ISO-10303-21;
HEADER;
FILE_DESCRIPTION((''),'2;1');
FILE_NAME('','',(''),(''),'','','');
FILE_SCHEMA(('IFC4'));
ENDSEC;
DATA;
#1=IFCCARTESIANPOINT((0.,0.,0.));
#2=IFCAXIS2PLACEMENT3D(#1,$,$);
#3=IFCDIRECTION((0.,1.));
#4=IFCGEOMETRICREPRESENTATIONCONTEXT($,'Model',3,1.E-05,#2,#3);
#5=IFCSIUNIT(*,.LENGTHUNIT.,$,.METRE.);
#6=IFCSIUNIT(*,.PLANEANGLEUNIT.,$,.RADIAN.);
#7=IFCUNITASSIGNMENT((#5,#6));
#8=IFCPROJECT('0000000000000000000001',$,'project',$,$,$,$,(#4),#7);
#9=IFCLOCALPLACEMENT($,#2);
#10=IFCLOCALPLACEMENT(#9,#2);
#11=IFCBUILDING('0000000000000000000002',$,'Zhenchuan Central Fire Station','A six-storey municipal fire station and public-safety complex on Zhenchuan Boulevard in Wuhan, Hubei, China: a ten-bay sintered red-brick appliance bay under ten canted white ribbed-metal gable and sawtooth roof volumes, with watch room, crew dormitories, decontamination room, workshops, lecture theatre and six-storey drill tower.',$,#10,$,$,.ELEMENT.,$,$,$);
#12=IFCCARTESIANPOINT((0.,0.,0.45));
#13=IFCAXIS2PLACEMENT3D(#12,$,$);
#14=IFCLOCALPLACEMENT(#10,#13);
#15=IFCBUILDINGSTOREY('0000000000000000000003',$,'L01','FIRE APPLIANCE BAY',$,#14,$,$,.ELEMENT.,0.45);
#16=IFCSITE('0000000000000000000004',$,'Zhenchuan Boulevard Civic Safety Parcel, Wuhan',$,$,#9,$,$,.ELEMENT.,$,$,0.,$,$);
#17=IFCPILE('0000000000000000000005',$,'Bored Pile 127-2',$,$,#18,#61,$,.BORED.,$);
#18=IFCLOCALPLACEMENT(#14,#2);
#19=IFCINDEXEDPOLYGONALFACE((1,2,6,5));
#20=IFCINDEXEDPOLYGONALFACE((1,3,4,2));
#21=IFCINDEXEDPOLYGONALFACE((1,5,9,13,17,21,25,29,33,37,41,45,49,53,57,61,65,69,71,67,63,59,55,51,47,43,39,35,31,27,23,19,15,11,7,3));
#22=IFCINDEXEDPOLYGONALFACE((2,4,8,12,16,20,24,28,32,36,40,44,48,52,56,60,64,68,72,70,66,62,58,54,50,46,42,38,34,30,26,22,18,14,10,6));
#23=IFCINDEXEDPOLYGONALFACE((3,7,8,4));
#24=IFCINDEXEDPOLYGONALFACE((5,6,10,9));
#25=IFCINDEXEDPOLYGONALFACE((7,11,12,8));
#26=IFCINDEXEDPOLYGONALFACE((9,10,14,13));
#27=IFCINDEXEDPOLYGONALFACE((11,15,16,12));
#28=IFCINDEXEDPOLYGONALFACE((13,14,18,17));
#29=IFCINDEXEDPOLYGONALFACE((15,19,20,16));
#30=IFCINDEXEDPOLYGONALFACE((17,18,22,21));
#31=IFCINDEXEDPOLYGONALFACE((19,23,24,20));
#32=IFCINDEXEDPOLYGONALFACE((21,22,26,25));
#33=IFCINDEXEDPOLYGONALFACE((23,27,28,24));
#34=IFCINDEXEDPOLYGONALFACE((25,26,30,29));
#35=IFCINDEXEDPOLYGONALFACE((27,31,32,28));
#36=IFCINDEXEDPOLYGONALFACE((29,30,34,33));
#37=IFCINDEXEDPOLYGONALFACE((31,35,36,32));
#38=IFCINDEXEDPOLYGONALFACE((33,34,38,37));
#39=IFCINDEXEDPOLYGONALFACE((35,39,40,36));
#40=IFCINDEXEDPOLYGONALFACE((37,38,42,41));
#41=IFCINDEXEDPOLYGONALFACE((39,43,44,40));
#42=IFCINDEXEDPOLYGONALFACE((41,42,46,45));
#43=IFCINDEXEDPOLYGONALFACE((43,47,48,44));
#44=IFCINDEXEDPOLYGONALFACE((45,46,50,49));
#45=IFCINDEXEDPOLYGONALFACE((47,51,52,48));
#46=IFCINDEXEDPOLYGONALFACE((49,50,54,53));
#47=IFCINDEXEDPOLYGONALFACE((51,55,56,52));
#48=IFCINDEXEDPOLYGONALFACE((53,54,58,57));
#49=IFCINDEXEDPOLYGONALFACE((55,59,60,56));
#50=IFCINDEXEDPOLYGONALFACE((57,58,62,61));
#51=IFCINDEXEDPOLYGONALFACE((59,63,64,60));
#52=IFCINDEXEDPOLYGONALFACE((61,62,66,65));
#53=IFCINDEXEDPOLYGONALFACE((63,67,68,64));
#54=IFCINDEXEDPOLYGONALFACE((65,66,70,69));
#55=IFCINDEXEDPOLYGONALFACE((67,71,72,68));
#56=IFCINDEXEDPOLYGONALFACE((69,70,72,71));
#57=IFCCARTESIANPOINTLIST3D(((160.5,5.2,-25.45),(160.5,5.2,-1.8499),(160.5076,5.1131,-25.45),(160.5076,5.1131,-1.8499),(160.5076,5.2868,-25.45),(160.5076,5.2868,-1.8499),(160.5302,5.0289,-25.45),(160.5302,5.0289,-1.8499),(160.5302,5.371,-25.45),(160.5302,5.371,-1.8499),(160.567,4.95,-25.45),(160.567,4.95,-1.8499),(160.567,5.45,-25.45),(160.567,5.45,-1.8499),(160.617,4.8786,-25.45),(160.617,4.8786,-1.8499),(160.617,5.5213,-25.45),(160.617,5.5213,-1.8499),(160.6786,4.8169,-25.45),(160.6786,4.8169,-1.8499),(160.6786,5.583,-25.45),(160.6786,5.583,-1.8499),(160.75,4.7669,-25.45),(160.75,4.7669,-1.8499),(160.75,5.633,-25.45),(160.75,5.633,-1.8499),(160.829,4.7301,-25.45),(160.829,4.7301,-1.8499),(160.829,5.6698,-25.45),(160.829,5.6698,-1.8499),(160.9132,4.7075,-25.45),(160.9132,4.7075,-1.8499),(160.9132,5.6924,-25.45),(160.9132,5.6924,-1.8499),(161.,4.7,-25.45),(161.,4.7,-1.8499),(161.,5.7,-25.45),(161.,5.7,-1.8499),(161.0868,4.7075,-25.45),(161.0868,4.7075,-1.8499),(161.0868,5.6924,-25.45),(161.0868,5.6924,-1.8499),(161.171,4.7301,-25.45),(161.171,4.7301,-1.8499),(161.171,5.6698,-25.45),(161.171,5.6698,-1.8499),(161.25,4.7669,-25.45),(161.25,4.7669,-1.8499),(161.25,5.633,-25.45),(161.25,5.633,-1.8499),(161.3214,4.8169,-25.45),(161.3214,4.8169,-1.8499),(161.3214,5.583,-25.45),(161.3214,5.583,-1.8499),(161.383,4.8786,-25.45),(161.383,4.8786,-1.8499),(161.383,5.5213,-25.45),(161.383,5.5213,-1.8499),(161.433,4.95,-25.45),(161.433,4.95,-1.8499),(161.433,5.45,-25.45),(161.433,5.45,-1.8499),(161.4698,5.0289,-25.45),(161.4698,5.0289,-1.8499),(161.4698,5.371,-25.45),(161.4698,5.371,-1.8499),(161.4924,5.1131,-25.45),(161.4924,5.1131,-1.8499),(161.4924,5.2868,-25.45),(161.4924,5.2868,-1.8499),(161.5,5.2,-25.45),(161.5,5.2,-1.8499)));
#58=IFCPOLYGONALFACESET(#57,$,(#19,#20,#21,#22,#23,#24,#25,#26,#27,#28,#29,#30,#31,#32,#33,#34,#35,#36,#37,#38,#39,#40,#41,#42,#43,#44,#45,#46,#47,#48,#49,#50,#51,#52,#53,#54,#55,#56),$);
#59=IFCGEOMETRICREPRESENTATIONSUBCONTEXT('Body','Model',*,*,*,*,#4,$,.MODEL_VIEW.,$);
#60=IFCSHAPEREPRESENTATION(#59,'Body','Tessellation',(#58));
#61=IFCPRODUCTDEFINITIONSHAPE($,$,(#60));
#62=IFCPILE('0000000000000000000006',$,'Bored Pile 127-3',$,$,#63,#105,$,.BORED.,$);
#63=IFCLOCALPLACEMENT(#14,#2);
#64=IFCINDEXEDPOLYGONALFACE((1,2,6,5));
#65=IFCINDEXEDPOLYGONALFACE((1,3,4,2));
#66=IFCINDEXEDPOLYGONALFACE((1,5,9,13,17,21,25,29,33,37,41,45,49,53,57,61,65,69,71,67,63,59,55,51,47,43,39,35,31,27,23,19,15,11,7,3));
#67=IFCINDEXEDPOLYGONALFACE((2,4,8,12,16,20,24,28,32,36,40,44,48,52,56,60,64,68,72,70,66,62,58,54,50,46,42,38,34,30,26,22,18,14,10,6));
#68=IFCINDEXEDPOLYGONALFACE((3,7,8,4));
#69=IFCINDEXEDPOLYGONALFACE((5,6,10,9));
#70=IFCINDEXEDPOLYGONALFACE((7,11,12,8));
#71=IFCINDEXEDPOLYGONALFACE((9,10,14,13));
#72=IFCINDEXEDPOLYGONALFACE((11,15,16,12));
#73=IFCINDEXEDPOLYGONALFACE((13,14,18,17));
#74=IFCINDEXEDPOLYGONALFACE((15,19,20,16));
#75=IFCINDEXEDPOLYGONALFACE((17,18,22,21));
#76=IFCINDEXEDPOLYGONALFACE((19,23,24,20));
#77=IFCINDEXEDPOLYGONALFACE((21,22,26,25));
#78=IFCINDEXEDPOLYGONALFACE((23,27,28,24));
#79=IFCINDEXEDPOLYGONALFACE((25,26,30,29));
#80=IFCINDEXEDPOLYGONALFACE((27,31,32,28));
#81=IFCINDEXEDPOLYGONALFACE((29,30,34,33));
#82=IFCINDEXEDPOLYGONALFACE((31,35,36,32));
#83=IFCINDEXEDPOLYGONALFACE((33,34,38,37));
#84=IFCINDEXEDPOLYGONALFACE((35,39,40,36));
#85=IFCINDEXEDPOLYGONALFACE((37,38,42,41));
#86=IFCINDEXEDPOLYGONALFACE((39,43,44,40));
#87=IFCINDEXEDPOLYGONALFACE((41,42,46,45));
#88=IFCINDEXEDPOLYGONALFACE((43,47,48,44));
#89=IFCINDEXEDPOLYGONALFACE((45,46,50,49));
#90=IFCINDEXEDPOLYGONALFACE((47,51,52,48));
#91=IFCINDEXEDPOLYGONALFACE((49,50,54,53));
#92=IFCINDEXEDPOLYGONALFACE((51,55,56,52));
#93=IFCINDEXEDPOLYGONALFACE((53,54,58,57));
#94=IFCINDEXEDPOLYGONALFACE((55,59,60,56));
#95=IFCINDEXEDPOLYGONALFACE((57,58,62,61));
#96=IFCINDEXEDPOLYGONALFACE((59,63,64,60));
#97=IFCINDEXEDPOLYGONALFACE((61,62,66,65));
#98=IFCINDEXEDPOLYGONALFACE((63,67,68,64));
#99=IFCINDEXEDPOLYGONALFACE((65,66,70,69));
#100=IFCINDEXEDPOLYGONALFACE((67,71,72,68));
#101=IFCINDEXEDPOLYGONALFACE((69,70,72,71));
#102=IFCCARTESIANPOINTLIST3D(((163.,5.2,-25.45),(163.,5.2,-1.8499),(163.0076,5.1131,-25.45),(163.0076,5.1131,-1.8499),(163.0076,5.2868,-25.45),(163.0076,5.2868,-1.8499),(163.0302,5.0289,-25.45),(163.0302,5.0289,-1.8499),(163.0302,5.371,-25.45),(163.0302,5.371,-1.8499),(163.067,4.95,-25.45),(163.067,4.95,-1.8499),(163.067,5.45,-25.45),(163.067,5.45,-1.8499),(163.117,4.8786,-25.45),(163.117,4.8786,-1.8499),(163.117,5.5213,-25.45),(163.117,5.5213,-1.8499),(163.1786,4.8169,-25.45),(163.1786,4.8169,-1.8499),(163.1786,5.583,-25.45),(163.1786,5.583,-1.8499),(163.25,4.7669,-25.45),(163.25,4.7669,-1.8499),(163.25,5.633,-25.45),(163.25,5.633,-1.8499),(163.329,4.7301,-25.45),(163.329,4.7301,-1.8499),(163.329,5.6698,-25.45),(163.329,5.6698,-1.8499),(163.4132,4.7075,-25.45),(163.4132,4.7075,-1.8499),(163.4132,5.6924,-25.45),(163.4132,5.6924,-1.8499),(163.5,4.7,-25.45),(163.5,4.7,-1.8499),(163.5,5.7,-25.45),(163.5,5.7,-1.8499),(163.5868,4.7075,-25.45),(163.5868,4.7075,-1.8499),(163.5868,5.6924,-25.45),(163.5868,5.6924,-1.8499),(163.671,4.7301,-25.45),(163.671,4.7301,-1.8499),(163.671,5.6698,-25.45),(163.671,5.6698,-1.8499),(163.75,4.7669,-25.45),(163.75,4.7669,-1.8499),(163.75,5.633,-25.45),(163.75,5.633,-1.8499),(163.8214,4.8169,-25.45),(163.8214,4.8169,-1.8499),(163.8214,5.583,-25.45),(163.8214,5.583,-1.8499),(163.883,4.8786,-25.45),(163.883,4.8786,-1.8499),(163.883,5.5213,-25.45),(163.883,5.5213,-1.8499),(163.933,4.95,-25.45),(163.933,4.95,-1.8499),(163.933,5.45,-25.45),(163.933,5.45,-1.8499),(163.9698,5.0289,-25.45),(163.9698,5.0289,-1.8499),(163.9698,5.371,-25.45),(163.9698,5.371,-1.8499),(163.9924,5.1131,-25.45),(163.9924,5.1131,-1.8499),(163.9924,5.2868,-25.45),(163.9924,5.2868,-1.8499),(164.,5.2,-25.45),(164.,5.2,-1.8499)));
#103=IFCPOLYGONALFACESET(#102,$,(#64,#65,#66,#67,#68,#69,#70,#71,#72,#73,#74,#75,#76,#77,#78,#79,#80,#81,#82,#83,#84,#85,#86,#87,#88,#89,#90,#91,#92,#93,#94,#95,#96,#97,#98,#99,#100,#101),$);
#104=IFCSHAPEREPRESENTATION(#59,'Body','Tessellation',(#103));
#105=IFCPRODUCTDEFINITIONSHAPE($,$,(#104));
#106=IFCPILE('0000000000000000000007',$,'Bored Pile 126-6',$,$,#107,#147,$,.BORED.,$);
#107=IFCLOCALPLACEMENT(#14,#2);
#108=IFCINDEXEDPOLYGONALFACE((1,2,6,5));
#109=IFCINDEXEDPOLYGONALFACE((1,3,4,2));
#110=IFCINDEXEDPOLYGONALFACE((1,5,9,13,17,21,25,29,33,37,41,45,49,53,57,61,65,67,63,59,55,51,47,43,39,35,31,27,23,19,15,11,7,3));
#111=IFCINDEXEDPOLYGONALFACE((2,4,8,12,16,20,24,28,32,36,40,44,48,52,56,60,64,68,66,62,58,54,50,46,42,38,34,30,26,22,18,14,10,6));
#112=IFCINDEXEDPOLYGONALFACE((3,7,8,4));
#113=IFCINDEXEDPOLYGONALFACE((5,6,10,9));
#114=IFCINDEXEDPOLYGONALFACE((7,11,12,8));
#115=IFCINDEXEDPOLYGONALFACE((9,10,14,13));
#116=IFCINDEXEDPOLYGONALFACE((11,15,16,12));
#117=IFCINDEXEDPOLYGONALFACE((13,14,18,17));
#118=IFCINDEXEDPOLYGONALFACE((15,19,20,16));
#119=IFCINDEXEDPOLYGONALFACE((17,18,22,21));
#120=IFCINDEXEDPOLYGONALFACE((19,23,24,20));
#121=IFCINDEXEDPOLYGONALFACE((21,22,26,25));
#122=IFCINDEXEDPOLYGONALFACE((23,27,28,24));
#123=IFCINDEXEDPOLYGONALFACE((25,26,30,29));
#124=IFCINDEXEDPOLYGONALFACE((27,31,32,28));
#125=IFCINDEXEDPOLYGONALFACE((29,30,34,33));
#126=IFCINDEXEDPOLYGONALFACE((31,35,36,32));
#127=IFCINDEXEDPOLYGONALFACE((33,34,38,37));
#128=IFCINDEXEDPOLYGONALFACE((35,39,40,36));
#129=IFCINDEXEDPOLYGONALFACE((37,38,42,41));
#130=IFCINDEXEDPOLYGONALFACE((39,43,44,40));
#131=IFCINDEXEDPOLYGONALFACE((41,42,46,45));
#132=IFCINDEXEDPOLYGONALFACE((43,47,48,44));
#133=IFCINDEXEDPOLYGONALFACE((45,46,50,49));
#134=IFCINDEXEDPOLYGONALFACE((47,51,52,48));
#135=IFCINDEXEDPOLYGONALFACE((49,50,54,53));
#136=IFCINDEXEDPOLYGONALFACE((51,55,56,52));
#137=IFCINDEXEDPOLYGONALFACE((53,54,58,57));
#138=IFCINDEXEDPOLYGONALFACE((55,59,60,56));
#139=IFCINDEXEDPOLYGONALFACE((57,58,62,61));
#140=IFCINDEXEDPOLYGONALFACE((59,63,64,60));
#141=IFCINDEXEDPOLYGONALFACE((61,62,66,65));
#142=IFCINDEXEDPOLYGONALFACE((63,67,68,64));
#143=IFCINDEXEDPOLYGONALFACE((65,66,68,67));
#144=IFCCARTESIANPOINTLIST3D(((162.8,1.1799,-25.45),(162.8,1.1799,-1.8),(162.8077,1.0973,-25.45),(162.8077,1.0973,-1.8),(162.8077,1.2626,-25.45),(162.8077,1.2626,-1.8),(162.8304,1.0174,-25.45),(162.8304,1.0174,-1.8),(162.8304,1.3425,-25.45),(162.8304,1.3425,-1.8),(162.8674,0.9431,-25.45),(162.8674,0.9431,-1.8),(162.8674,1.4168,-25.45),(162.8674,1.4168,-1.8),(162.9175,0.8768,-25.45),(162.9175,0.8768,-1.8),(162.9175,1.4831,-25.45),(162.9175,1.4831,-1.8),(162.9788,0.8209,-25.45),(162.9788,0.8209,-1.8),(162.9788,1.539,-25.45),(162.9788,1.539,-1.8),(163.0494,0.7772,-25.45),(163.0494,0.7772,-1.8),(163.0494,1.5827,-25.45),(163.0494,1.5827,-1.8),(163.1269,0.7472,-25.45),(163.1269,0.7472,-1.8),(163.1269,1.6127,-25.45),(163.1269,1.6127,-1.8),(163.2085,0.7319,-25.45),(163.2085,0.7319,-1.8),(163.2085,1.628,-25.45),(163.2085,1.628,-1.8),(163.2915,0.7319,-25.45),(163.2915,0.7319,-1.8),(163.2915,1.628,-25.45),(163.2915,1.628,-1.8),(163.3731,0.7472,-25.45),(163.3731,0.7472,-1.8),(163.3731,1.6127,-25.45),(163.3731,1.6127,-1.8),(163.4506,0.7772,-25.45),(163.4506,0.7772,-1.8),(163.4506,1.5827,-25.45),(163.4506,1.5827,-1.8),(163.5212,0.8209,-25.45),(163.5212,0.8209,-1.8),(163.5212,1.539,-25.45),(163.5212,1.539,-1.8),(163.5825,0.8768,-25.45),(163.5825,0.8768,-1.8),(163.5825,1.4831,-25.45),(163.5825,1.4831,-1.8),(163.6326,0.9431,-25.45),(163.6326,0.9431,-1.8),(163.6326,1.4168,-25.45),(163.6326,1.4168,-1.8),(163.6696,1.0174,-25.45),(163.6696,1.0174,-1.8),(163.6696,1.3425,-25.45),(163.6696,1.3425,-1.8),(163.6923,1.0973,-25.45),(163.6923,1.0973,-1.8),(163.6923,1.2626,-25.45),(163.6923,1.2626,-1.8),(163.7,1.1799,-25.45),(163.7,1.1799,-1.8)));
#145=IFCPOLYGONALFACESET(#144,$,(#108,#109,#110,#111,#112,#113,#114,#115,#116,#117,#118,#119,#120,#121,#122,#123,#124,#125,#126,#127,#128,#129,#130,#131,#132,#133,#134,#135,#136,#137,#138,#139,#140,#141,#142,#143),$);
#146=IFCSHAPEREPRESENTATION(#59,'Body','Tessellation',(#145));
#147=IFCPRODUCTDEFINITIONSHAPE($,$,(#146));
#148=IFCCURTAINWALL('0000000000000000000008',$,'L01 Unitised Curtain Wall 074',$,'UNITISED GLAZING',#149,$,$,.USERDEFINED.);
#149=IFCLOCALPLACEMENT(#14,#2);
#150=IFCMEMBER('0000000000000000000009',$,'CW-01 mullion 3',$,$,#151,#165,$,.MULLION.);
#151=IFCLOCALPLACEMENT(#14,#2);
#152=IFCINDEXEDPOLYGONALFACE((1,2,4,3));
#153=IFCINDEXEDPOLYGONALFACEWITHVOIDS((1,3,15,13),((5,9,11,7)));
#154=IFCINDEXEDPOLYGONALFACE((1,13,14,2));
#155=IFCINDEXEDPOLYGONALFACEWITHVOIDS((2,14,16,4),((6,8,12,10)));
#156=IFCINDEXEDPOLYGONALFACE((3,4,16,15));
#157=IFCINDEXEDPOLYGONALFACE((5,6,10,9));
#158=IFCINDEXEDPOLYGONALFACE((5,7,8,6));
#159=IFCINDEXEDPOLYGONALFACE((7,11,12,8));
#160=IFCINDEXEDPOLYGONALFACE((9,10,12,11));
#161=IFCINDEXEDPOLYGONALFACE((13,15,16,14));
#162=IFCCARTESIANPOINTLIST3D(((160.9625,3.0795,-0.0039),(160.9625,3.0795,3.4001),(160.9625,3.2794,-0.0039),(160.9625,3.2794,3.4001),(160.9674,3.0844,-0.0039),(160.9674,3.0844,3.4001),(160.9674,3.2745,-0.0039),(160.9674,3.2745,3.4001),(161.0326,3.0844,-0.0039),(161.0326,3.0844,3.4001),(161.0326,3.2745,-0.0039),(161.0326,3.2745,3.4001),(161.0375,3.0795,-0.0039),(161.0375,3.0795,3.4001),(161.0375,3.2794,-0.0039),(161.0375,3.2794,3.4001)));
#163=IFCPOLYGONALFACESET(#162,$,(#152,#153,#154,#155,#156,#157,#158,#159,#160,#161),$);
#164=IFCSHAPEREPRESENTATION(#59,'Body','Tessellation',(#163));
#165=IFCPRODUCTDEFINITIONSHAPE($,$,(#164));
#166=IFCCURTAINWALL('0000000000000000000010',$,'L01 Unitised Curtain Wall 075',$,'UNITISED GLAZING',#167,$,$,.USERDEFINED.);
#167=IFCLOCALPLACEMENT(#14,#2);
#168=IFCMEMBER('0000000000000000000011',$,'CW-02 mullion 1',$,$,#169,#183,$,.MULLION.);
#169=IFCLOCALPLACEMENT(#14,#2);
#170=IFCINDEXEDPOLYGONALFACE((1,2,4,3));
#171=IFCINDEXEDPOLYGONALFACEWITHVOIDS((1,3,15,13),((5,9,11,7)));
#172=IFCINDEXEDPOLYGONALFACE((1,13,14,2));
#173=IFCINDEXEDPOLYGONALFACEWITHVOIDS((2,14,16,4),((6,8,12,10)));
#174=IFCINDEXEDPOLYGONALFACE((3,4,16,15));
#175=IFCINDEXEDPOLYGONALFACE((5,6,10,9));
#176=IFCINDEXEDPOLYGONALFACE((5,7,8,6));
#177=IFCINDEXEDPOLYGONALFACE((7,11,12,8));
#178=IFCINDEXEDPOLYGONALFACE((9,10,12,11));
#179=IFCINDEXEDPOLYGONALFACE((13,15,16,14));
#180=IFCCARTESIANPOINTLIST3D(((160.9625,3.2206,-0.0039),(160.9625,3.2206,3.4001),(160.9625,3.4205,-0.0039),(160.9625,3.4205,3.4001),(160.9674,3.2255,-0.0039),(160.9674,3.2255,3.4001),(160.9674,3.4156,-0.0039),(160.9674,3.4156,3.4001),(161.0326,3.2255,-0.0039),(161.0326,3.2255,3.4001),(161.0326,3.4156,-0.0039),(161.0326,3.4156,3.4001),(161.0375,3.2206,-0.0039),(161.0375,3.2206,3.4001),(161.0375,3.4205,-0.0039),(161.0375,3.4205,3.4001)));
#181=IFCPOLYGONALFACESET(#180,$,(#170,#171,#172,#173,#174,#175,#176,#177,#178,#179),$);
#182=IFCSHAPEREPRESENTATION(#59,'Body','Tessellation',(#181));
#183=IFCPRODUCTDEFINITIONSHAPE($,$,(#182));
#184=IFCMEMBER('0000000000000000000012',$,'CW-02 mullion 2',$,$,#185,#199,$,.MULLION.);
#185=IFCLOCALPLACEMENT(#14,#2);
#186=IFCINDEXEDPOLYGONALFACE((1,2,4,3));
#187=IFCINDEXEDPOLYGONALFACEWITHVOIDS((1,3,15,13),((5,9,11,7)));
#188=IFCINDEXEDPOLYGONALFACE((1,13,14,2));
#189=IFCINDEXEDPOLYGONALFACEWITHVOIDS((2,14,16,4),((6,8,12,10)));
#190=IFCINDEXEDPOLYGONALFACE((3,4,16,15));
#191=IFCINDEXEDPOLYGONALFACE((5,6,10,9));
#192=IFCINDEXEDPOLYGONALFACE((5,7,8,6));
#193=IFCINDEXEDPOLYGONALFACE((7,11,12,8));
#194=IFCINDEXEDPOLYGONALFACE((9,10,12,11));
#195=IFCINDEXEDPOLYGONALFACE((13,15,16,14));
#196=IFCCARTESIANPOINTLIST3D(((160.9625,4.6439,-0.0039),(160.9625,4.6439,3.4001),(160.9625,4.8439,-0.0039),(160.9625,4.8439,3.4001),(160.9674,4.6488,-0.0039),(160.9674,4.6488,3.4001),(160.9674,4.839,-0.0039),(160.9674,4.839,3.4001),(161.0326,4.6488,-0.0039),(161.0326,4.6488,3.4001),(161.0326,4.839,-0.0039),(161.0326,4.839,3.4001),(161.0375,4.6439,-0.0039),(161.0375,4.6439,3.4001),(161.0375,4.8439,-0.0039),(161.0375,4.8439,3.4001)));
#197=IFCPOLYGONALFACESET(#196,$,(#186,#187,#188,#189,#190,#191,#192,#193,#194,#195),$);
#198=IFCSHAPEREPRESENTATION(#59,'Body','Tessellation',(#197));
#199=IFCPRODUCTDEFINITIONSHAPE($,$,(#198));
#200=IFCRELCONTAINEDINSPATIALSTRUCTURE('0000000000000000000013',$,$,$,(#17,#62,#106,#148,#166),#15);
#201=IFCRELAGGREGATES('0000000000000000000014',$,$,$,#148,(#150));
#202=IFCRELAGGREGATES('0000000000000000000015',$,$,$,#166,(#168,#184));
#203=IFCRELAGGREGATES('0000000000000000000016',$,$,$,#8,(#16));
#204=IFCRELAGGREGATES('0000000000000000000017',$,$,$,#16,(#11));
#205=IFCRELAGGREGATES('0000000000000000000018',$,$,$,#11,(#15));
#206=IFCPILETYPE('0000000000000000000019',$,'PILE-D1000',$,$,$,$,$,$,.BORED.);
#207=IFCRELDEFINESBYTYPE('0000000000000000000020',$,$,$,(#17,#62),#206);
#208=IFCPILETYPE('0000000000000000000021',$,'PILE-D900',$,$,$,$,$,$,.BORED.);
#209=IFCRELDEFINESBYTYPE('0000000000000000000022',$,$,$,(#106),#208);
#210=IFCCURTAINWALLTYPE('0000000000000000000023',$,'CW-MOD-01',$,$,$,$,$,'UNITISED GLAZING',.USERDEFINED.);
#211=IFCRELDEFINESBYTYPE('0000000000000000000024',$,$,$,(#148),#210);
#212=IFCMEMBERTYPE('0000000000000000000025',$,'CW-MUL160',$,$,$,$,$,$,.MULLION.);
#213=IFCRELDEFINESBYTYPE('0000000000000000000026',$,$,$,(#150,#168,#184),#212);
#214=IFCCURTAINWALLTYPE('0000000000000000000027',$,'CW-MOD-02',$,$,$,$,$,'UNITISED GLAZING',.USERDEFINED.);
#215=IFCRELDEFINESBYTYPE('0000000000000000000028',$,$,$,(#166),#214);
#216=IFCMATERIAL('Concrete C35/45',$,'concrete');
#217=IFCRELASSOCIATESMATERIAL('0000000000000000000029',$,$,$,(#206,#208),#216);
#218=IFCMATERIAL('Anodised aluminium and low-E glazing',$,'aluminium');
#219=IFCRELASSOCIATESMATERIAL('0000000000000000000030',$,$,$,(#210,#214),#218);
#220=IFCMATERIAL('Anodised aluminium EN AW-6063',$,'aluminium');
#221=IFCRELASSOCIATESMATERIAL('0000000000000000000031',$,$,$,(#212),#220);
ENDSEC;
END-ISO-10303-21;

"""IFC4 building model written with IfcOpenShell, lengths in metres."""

from ifc_helpers import new_model, si_unit, direction, frame, origin, origin_2d, place, context, subcontext, project, spatial, hollow_rectangle, circle, extrude, material, material_profile, profile_set, type_object, element, aggregate, save


model = new_model("IFC4")

# Units and contexts
model_context = context("Model", 3, precision=1e-05, world=origin(), true_north=direction((0.0, 1.0)))
body_context = subcontext(model_context, "Body", "Model", "MODEL_VIEW")
ifc_project = project(units=[si_unit("LENGTHUNIT", "METRE"), si_unit("PLANEANGLEUNIT", "RADIAN")], contexts=[model_context])

# Site, building, storey
site_placement = place(None, origin())
site = spatial("IfcSite", under=ifc_project, at=site_placement, Name="Zhenchuan Boulevard Civic Safety Parcel, Wuhan", CompositionType="ELEMENT", RefElevation=0.0)
building_placement = place(site_placement, origin())
building = spatial("IfcBuilding", under=site, at=building_placement, Name="Zhenchuan Central Fire Station", Description="A six-storey municipal fire station and public-safety complex on Zhenchuan Boulevard in Wuhan, Hubei, China: a ten-bay sintered red-brick appliance bay under ten canted white ribbed-metal gable and sawtooth roof volumes, with watch room, crew dormitories, decontamination room, workshops, lecture theatre and six-storey drill tower.", CompositionType="ELEMENT")
storey_placement = place(building_placement, frame((0.0, 0.0, 0.45)))
storey = spatial("IfcBuildingStorey", under=building, at=storey_placement, Name="L01", Description="FIRE APPLIANCE BAY", CompositionType="ELEMENT", Elevation=0.45)

# Piles
ifc_material_1 = material(Name="Concrete C35/45", Category="concrete")
ifc_material_profile_1 = material_profile(ifc_material_1, circle(Radius=0.5, at=origin_2d()), Name="PILE D1000")
ifc_profile_set_1 = profile_set([ifc_material_profile_1], Name="Concrete C35/45")
pile_type_1 = type_object("IfcPileType", Name="PILE-D1000", PredefinedType="BORED", material=ifc_profile_set_1)
for number, where, z_axis, x_axis, name in (
    (1, (161.0, 5.2, -1.8499), (0.0, 0.0, -1.0), (1.0, 0.0, 0.0), "Bored Pile 127-2"),
    (2, (163.5, 5.2, -1.8499), (0.0, 0.0, -1.0), (1.0, 0.0, 0.0), "Bored Pile 127-3"),
):
    element("IfcPile", number, at=place(storey_placement, frame(where, z_axis=z_axis, x_axis=x_axis)), inside=storey, type_object=pile_type_1, Name=name, PredefinedType="BORED", context=body_context, shape_type="SweptSolid", body=[
        extrude(circle(Radius=0.5, at=origin_2d()), origin(), (0.0, 0.0, 1.0), 23.6001),
    ])
ifc_material_profile_2 = material_profile(ifc_material_1, circle(Radius=0.45, at=origin_2d()), Name="PILE D900")
ifc_profile_set_2 = profile_set([ifc_material_profile_2], Name="Concrete C35/45")
pile_type_2 = type_object("IfcPileType", Name="PILE-D900", PredefinedType="BORED", material=ifc_profile_set_2)
pile_placement = place(storey_placement, frame((163.25, 1.1799, -1.8), z_axis=(0.0, 0.0, -1.0), x_axis=(1.0, 0.0, 0.0)))
element("IfcPile", 3, at=pile_placement, inside=storey, type_object=pile_type_2, Name="Bored Pile 126-6", PredefinedType="BORED", context=body_context, shape_type="SweptSolid", body=[
    extrude(circle(Radius=0.45, at=origin_2d()), origin(), (0.0, 0.0, 1.0), 23.6499),
])

# Curtain wall, member
ifc_material_2 = material(Name="Anodised aluminium and low-E glazing", Category="aluminium")
curtain_wall_type_1 = type_object("IfcCurtainWallType", Name="CW-MOD-01", ElementType="UNITISED GLAZING", PredefinedType="USERDEFINED", material=ifc_material_2)
curtain_wall_1_placement = place(storey_placement, origin())
curtain_wall_1 = element("IfcCurtainWall", 4, at=curtain_wall_1_placement, inside=storey, type_object=curtain_wall_type_1, Name="L01 Unitised Curtain Wall 074", ObjectType="UNITISED GLAZING", PredefinedType="USERDEFINED")
ifc_material_3 = material(Name="Anodised aluminium EN AW-6063", Category="aluminium")
ifc_material_profile_3 = material_profile(ifc_material_3, hollow_rectangle(XDim=0.075, YDim=0.2, WallThickness=0.0049, at=origin_2d()), Name="ALU-M 200x75")
ifc_profile_set_3 = profile_set([ifc_material_profile_3], Name="Anodised aluminium EN AW-6063")
member_type_1 = type_object("IfcMemberType", Name="CW-MUL160", PredefinedType="MULLION", material=ifc_profile_set_3)
member_1_placement = place(storey_placement, frame((161.0, 3.1794, -0.0039), z_axis=(0.0, 0.0, 1.0), x_axis=(-1.0, 0.0, 0.0)))
member_1 = element("IfcMember", 5, at=member_1_placement, type_object=member_type_1, Name="CW-01 mullion 3", PredefinedType="MULLION", context=body_context, shape_type="SweptSolid", body=[
    extrude(hollow_rectangle(XDim=0.075, YDim=0.2, WallThickness=0.0049, at=origin_2d()), origin(), (0.0, 0.0, 1.0), 3.4041),
])

# Curtain wall, members
curtain_wall_type_2 = type_object("IfcCurtainWallType", Name="CW-MOD-02", ElementType="UNITISED GLAZING", PredefinedType="USERDEFINED", material=ifc_material_2)
curtain_wall_2_placement = place(storey_placement, origin())
curtain_wall_2 = element("IfcCurtainWall", 6, at=curtain_wall_2_placement, inside=storey, type_object=curtain_wall_type_2, Name="L01 Unitised Curtain Wall 075", ObjectType="UNITISED GLAZING", PredefinedType="USERDEFINED")
member_2_placement = place(storey_placement, frame((161.0, 3.3206, -0.0039), z_axis=(0.0, 0.0, 1.0), x_axis=(-1.0, 0.0, 0.0)))
member_2 = element("IfcMember", 7, at=member_2_placement, type_object=member_type_1, Name="CW-02 mullion 1", PredefinedType="MULLION", context=body_context, shape_type="SweptSolid", body=[
    extrude(hollow_rectangle(XDim=0.075, YDim=0.2, WallThickness=0.0049, at=origin_2d()), origin(), (0.0, 0.0, 1.0), 3.4041),
])
member_3_placement = place(storey_placement, frame((161.0, 4.7439, -0.0039), z_axis=(0.0, 0.0, 1.0), x_axis=(-1.0, 0.0, 0.0)))
member_3 = element("IfcMember", 8, at=member_3_placement, type_object=member_type_1, Name="CW-02 mullion 2", PredefinedType="MULLION", context=body_context, shape_type="SweptSolid", body=[
    extrude(hollow_rectangle(XDim=0.075, YDim=0.2, WallThickness=0.0049, at=origin_2d()), origin(), (0.0, 0.0, 1.0), 3.4041),
])

aggregate(curtain_wall_1, [member_1])
aggregate(curtain_wall_2, [member_2, member_3])

save(model, "model.ifc")
